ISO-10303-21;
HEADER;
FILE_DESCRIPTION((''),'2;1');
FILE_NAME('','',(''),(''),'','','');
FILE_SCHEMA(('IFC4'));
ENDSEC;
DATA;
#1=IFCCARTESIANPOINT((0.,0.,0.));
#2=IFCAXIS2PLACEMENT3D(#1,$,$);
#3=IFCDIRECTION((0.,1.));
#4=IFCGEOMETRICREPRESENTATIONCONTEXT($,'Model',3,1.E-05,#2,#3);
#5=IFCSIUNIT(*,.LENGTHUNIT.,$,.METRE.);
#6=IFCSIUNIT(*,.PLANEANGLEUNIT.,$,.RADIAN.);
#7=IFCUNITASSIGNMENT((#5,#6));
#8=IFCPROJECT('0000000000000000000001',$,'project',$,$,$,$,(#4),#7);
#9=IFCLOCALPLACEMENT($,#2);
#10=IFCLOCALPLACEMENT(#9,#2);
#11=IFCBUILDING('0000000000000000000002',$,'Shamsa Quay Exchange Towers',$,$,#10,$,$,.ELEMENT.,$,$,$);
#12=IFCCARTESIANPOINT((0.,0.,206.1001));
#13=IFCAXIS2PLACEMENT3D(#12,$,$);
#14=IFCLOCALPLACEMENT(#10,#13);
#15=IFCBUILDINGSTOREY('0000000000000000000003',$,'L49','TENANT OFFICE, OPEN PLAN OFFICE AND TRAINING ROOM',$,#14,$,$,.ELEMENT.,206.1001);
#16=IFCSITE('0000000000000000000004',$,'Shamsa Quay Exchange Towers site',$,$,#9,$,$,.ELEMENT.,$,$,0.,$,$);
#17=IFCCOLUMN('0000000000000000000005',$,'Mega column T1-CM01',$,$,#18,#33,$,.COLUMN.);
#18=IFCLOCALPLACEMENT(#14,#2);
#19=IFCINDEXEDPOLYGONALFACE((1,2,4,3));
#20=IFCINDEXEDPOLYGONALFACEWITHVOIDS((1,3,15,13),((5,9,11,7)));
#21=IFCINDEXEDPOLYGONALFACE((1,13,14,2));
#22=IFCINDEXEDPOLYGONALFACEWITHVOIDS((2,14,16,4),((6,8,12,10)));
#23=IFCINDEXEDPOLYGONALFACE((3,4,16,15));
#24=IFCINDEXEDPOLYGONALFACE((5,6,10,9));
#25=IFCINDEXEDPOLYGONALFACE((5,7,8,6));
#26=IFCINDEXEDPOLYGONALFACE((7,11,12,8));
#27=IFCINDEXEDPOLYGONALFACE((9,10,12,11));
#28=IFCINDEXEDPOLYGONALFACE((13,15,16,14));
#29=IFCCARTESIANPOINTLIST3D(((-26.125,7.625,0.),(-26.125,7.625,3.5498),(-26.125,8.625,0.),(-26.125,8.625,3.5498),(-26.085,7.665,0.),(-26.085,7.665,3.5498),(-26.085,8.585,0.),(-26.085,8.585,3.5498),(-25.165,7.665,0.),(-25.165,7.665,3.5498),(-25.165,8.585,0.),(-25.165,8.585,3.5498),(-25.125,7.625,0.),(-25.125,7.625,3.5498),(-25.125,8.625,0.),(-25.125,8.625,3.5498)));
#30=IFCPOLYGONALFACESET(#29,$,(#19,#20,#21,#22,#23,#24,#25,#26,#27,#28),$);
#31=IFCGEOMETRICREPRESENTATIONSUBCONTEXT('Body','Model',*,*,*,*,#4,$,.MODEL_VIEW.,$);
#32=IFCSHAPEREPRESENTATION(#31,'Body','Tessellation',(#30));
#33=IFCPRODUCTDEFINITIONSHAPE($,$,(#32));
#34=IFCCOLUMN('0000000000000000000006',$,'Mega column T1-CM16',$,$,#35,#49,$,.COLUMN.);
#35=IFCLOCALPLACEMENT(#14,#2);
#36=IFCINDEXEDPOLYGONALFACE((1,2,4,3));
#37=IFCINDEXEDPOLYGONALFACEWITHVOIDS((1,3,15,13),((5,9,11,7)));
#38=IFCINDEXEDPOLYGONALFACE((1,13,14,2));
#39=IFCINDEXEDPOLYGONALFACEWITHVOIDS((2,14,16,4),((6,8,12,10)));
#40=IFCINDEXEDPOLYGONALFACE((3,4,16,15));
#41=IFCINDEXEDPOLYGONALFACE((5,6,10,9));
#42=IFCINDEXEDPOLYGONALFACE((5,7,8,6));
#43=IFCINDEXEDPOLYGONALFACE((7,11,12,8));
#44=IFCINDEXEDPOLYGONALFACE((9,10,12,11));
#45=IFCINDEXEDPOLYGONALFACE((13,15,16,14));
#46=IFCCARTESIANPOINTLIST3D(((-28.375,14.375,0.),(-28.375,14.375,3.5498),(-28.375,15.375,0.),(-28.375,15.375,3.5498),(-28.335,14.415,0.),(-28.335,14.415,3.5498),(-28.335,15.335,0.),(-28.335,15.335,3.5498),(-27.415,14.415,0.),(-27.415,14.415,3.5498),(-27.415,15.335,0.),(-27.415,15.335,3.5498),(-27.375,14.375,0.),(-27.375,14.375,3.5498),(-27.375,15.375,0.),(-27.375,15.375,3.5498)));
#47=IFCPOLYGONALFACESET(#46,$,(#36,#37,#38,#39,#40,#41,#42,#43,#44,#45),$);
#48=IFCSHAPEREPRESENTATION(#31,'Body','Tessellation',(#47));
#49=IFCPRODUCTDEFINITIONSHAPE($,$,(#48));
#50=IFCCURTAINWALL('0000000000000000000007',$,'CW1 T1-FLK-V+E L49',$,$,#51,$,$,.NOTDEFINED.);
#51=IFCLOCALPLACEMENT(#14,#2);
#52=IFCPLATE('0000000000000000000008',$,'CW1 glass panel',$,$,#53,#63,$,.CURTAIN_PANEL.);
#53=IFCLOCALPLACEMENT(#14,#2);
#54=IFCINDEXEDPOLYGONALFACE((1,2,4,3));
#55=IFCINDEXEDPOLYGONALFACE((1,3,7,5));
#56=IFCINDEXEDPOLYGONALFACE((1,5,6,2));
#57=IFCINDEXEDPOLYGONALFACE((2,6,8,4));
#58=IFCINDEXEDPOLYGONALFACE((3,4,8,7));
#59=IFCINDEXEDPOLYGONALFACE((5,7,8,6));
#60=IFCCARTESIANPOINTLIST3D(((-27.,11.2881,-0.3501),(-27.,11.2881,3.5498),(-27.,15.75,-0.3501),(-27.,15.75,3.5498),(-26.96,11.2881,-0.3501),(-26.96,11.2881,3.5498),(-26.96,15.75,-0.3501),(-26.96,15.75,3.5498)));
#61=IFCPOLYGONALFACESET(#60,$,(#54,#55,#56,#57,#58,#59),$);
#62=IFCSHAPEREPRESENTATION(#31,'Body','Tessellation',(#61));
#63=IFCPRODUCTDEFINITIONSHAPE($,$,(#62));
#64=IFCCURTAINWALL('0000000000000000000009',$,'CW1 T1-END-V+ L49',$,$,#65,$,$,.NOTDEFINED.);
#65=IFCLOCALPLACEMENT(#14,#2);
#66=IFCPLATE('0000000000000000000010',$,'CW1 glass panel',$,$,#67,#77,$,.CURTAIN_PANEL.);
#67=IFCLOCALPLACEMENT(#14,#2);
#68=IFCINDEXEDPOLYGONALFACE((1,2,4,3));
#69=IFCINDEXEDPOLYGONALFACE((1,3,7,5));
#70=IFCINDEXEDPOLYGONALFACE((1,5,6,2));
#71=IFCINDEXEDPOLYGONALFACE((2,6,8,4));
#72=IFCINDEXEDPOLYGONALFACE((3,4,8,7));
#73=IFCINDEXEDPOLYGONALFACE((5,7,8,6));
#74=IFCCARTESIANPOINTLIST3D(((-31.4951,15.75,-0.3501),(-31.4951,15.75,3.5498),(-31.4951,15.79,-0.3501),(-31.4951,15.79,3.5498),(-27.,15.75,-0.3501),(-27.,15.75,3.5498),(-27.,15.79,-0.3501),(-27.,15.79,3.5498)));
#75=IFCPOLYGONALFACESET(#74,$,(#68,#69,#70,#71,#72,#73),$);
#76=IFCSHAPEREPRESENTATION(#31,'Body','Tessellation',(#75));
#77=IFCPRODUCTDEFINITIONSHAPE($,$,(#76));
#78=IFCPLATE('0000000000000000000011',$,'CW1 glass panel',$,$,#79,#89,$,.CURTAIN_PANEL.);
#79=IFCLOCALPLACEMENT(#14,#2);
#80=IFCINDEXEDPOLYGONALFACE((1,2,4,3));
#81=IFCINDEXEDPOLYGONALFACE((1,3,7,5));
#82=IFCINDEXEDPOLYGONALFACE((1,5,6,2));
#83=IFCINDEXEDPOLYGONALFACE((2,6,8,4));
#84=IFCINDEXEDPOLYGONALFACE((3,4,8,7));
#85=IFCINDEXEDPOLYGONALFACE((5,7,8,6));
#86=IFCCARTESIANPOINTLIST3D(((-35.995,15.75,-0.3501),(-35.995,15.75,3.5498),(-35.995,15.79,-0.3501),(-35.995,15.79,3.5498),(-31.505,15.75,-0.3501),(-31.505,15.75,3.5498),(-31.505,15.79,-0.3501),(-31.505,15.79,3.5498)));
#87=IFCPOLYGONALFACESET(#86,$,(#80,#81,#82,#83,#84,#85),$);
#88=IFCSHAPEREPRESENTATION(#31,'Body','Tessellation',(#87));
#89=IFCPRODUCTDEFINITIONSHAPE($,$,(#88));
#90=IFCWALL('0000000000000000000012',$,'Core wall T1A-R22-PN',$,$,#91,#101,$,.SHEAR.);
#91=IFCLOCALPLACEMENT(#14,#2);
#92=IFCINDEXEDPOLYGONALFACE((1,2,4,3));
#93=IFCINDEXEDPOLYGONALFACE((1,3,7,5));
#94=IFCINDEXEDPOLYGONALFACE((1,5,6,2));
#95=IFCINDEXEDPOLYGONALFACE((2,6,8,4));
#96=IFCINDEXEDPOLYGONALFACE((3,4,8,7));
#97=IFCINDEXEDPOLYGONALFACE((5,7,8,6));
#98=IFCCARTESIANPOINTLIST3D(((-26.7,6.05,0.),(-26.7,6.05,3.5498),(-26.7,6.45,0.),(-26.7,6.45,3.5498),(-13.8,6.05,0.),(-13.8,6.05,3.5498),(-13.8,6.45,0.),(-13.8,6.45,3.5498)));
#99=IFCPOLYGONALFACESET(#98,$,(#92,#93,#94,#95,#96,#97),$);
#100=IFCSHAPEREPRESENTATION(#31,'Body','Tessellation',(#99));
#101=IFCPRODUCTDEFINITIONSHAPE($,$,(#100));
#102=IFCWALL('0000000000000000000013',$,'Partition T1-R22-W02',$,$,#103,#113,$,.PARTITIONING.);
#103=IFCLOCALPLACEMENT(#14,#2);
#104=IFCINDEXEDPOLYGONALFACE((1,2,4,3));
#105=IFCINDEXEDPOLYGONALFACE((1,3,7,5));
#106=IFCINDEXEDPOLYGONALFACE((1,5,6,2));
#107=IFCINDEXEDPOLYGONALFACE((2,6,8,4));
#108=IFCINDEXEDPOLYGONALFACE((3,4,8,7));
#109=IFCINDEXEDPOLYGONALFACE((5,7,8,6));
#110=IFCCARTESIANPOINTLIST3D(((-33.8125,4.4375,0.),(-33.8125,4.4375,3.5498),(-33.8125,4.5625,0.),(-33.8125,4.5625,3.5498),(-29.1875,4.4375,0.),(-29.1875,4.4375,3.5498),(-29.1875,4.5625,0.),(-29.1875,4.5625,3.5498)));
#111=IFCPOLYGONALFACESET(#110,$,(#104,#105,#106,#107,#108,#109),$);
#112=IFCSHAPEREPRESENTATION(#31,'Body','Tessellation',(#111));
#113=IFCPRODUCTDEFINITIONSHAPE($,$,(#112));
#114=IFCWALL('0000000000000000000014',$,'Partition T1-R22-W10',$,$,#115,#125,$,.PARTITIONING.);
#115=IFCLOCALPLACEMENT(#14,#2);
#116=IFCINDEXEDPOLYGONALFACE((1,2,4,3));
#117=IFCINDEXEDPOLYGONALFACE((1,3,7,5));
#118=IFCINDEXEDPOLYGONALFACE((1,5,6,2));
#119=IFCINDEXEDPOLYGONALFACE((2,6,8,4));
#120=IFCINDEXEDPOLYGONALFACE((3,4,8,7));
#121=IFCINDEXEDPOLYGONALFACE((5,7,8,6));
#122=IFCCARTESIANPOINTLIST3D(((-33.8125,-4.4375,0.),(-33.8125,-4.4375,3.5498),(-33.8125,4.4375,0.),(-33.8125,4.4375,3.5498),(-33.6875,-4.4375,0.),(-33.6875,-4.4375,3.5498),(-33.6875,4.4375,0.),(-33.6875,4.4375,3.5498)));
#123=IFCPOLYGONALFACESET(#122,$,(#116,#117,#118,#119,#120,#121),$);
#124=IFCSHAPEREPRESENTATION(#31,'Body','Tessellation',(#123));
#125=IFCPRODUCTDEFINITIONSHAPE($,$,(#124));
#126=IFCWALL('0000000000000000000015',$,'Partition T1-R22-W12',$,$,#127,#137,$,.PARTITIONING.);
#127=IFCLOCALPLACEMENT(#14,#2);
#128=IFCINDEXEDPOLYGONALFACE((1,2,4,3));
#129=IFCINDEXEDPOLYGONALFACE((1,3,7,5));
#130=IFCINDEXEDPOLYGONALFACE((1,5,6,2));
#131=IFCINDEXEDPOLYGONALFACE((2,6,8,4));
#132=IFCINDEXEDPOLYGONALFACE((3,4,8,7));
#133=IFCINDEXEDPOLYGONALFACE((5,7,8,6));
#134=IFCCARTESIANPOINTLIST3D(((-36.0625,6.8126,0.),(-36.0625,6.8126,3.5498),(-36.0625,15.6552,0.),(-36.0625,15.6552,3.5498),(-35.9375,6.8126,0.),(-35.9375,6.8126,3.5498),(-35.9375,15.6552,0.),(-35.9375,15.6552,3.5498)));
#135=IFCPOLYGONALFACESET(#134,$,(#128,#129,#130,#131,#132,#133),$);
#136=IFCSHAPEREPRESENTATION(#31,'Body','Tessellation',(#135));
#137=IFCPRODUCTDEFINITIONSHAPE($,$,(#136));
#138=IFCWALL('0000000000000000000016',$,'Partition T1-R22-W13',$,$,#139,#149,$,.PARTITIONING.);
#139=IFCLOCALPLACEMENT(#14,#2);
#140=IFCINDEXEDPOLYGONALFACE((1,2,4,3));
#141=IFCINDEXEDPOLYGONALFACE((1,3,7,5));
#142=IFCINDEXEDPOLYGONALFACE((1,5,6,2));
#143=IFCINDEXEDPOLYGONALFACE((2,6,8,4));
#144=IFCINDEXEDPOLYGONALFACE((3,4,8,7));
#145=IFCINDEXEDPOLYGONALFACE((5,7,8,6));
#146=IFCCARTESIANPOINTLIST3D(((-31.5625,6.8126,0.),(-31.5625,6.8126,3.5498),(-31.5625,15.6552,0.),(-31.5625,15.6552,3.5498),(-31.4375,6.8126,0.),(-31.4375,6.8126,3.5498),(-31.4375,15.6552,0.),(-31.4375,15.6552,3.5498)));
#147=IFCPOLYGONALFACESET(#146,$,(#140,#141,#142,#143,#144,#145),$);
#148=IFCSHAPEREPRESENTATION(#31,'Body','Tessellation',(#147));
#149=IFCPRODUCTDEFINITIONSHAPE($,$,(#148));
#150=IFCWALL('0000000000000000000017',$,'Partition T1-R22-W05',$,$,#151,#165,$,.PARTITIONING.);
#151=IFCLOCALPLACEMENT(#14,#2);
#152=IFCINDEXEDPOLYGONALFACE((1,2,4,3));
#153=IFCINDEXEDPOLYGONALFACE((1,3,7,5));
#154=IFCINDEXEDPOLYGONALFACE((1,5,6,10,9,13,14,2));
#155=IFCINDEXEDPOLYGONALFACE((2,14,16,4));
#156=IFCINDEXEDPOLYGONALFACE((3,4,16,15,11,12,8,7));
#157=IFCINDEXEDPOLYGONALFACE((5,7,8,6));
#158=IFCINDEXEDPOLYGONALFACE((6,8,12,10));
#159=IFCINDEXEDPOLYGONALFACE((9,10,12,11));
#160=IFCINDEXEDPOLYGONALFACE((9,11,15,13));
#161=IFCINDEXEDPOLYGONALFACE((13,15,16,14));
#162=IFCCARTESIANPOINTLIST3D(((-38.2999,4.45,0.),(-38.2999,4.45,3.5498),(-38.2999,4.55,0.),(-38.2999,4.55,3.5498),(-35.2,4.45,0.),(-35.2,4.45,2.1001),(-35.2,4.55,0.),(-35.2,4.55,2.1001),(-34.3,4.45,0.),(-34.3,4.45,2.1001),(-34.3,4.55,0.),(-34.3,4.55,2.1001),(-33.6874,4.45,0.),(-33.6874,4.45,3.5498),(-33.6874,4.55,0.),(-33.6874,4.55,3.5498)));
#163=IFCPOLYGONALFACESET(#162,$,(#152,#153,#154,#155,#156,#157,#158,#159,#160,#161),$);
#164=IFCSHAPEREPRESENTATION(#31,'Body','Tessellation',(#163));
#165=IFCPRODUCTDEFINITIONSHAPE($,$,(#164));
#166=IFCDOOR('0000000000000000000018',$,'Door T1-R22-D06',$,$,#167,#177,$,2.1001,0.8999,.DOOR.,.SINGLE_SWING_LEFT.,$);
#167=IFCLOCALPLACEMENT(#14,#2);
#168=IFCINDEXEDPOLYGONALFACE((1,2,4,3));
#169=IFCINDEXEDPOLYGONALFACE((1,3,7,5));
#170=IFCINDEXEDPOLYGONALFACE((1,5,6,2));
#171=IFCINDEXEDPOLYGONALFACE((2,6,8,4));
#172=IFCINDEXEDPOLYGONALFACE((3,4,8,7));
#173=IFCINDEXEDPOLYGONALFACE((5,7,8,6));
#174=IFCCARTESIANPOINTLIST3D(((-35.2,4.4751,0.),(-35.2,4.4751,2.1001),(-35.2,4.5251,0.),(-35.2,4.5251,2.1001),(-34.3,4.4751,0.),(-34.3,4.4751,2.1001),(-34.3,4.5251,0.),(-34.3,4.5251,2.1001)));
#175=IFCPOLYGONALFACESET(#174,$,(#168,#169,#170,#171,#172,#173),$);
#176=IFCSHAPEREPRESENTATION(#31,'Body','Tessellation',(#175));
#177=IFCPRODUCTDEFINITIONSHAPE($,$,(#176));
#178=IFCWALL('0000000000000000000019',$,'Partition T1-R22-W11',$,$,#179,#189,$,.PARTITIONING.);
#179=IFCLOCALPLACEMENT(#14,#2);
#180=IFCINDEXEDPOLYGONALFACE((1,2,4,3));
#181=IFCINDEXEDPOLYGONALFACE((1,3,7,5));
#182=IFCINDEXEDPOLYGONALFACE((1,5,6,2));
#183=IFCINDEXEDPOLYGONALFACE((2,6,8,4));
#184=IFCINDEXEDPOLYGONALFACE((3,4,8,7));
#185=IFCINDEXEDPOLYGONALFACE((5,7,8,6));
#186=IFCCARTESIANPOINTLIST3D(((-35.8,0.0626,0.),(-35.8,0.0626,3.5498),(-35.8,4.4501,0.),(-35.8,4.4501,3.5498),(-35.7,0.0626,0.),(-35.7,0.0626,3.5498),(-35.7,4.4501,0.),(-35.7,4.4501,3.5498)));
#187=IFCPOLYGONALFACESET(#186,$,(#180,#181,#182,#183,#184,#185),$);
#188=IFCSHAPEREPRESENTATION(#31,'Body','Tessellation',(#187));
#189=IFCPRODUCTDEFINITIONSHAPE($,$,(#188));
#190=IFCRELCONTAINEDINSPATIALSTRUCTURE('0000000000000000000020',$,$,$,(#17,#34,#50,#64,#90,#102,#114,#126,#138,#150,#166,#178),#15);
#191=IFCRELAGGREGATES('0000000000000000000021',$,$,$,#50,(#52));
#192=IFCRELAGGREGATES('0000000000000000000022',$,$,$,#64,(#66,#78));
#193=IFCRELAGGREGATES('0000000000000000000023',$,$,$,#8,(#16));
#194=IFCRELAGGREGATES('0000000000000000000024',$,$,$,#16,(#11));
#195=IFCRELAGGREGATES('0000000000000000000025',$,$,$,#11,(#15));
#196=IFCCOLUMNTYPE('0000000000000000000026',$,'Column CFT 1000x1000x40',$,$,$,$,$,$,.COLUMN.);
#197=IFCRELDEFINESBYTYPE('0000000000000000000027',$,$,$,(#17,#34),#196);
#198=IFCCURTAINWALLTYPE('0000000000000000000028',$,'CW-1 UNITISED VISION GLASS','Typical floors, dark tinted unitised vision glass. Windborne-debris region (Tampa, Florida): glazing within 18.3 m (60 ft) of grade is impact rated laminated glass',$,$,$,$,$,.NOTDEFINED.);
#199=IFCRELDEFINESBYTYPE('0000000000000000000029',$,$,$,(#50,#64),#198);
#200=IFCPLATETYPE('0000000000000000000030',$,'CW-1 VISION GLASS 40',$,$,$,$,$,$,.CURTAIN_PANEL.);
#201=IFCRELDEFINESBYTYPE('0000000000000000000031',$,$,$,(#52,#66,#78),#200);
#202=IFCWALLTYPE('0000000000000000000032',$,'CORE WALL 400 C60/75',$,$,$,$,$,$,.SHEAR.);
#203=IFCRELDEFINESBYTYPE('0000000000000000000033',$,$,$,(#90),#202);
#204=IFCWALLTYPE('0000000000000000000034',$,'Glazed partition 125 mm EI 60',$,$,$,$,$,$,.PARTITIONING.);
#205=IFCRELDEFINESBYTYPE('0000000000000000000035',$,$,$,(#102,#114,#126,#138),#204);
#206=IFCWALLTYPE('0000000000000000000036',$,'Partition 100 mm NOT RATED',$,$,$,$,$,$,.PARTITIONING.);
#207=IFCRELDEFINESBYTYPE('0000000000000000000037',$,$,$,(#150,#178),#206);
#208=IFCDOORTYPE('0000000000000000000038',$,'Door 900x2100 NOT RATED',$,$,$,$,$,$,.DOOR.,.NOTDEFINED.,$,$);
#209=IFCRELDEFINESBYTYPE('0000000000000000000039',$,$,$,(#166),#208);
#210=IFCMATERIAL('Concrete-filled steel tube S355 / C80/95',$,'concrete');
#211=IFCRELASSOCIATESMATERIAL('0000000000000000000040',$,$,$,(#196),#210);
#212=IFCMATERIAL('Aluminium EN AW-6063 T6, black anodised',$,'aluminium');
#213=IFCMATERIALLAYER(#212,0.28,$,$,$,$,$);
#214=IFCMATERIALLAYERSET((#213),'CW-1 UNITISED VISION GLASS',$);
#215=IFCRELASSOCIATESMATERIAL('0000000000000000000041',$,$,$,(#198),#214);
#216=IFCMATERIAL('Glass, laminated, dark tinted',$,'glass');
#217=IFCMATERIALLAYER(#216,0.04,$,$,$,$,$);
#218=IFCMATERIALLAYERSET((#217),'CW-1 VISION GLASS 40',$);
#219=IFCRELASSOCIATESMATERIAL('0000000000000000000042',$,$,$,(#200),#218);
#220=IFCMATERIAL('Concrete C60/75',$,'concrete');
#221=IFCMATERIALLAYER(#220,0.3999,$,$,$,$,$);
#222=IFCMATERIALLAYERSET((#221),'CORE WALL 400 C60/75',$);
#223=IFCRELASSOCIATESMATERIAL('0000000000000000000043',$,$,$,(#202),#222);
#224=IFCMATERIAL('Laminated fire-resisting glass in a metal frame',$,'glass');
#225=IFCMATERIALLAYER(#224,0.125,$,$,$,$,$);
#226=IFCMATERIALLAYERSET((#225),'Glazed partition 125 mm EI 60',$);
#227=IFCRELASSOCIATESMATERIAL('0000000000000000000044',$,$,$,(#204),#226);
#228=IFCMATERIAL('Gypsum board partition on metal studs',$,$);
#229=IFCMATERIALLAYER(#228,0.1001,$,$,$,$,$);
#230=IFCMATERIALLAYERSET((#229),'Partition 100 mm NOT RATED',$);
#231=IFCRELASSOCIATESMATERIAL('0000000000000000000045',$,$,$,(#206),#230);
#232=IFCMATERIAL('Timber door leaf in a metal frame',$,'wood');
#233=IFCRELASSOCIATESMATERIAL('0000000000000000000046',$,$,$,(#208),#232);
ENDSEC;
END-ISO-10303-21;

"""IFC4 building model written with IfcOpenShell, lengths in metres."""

from ifc_helpers import new_model, si_unit, direction, frame, frame_2d, origin, origin_2d, place, context, subcontext, project, spatial, rectangle, hollow_rectangle, extrude, material, layer, layer_set, material_profile, profile_set, type_object, element, fill, aggregate, save


model = new_model("IFC4")

# Units and contexts
model_context = context("Model", 3, precision=1e-05, world=origin(), true_north=direction((0.0, 1.0)))
body_context = subcontext(model_context, "Body", "Model", "MODEL_VIEW")
ifc_project = project(units=[si_unit("LENGTHUNIT", "METRE"), si_unit("PLANEANGLEUNIT", "RADIAN")], contexts=[model_context])

# Site, building, storey
site_placement = place(None, origin())
site = spatial("IfcSite", under=ifc_project, at=site_placement, Name="Shamsa Quay Exchange Towers site", CompositionType="ELEMENT", RefElevation=0.0)
building_placement = place(site_placement, origin())
building = spatial("IfcBuilding", under=site, at=building_placement, Name="Shamsa Quay Exchange Towers", CompositionType="ELEMENT")
storey_placement = place(building_placement, frame((0.0, 0.0, 206.1001)))
storey = spatial("IfcBuildingStorey", under=building, at=storey_placement, Name="L49", Description="TENANT OFFICE, OPEN PLAN OFFICE AND TRAINING ROOM", CompositionType="ELEMENT", Elevation=206.1001)

# Columns
ifc_material_1 = material(Name="Concrete-filled steel tube S355 / C80/95", Category="concrete")
ifc_material_profile = material_profile(ifc_material_1, hollow_rectangle(XDim=1.0, YDim=1.0, WallThickness=0.04, at=origin_2d()), Name="CFT 1000x1000x40")
ifc_profile_set = profile_set([ifc_material_profile], Name="Concrete-filled steel tube S355 / C80/95")
column_type = type_object("IfcColumnType", Name="Column CFT 1000x1000x40", PredefinedType="COLUMN", material=ifc_profile_set)
for number, where, name in (
    (1, (-25.625, 8.125, 0.0), "Mega column T1-CM01"),
    (2, (-27.875, 14.875, 0.0), "Mega column T1-CM16"),
):
    element("IfcColumn", number, at=place(storey_placement, frame(where)), inside=storey, type_object=column_type, Name=name, PredefinedType="COLUMN", context=body_context, shape_type="SweptSolid", body=[
        extrude(hollow_rectangle(XDim=1.0, YDim=1.0, WallThickness=0.04, at=origin_2d()), origin(), (0.0, 0.0, 1.0), 3.5498),
    ])

# Curtain wall, plate
ifc_material_2 = material(Name="Aluminium EN AW-6063 T6, black anodised", Category="aluminium")
ifc_layer_1 = layer(ifc_material_2, 0.28)
ifc_layer_set_1 = layer_set([ifc_layer_1], Name="CW-1 UNITISED VISION GLASS")
curtain_wall_type = type_object("IfcCurtainWallType", Name="CW-1 UNITISED VISION GLASS", Description="Typical floors, dark tinted unitised vision glass. Windborne-debris region (Tampa, Florida): glazing within 18.3 m (60 ft) of grade is impact rated laminated glass", PredefinedType="NOTDEFINED", material=ifc_layer_set_1)
curtain_wall_1_placement = place(storey_placement, origin())
curtain_wall_1 = element("IfcCurtainWall", 3, at=curtain_wall_1_placement, inside=storey, type_object=curtain_wall_type, Name="CW1 T1-FLK-V+E L49", PredefinedType="NOTDEFINED")
ifc_material_3 = material(Name="Glass, laminated, dark tinted", Category="glass")
ifc_layer_2 = layer(ifc_material_3, 0.04)
ifc_layer_set_2 = layer_set([ifc_layer_2], Name="CW-1 VISION GLASS 40")
plate_type = type_object("IfcPlateType", Name="CW-1 VISION GLASS 40", PredefinedType="CURTAIN_PANEL", material=ifc_layer_set_2)
plate_1_placement = place(storey_placement, frame((-26.98, 13.519, -0.3501), z_axis=(0.0, 0.0, 1.0), x_axis=(0.0, 1.0, 0.0)))
plate_1 = element("IfcPlate", 4, at=plate_1_placement, type_object=plate_type, Name="CW1 glass panel", PredefinedType="CURTAIN_PANEL", context=body_context, shape_type="SweptSolid", body=[
    extrude(rectangle(XDim=4.4619, YDim=0.04, at=origin_2d()), origin(), (0.0, 0.0, 1.0), 3.8999),
])
aggregate(curtain_wall_1, [plate_1])

# Curtain wall, plates
curtain_wall_2_placement = place(storey_placement, origin())
curtain_wall_2 = element("IfcCurtainWall", 5, at=curtain_wall_2_placement, inside=storey, type_object=curtain_wall_type, Name="CW1 T1-END-V+ L49", PredefinedType="NOTDEFINED")
plate_2_placement = place(storey_placement, frame((-29.2476, 15.77, -0.3501), z_axis=(0.0, 0.0, 1.0), x_axis=(-1.0, 0.0, 0.0)))
plate_2 = element("IfcPlate", 6, at=plate_2_placement, type_object=plate_type, Name="CW1 glass panel", PredefinedType="CURTAIN_PANEL", context=body_context, shape_type="SweptSolid", body=[
    extrude(rectangle(XDim=4.4951, YDim=0.04, at=origin_2d()), origin(), (0.0, 0.0, 1.0), 3.8999),
])
plate_3_placement = place(storey_placement, frame((-33.75, 15.77, -0.3501), z_axis=(0.0, 0.0, 1.0), x_axis=(-1.0, 0.0, 0.0)))
plate_3 = element("IfcPlate", 7, at=plate_3_placement, type_object=plate_type, Name="CW1 glass panel", PredefinedType="CURTAIN_PANEL", context=body_context, shape_type="SweptSolid", body=[
    extrude(rectangle(XDim=4.49, YDim=0.04, at=origin_2d()), origin(), (0.0, 0.0, 1.0), 3.8999),
])
aggregate(curtain_wall_2, [plate_2, plate_3])

# Wall
ifc_material_4 = material(Name="Concrete C60/75", Category="concrete")
ifc_layer_3 = layer(ifc_material_4, 0.3999)
ifc_layer_set_3 = layer_set([ifc_layer_3], Name="CORE WALL 400 C60/75")
wall_type_1 = type_object("IfcWallType", Name="CORE WALL 400 C60/75", PredefinedType="SHEAR", material=ifc_layer_set_3)
wall_1_placement = place(storey_placement, frame((-26.7, 6.25, 0.0)))
element("IfcWall", 8, at=wall_1_placement, inside=storey, type_object=wall_type_1, Name="Core wall T1A-R22-PN", PredefinedType="SHEAR", context=body_context, shape_type="SweptSolid", body=[
    extrude(rectangle(XDim=12.8999, YDim=0.3999, at=frame_2d((6.45, 0.0))), origin(), (0.0, 0.0, 1.0), 3.5498),
])

# Walls
ifc_material_5 = material(Name="Laminated fire-resisting glass in a metal frame", Category="glass")
ifc_layer_4 = layer(ifc_material_5, 0.125)
ifc_layer_set_4 = layer_set([ifc_layer_4], Name="Glazed partition 125 mm EI 60")
wall_type_2 = type_object("IfcWallType", Name="Glazed partition 125 mm EI 60", PredefinedType="PARTITIONING", material=ifc_layer_set_4)
wall_2_placement = place(storey_placement, frame((-29.1875, 4.5, 0.0), z_axis=(0.0, 0.0, 1.0), x_axis=(-1.0, 0.0, 0.0)))
element("IfcWall", 9, at=wall_2_placement, inside=storey, type_object=wall_type_2, Name="Partition T1-R22-W02", PredefinedType="PARTITIONING", context=body_context, shape_type="SweptSolid", body=[
    extrude(rectangle(XDim=4.625, YDim=0.125, at=frame_2d((2.3125, 0.0))), origin(), (0.0, 0.0, 1.0), 3.5498),
])
wall_3_placement = place(storey_placement, frame((-33.75, 4.4375, 0.0), z_axis=(0.0, 0.0, 1.0), x_axis=(0.0, -1.0, 0.0)))
element("IfcWall", 10, at=wall_3_placement, inside=storey, type_object=wall_type_2, Name="Partition T1-R22-W10", PredefinedType="PARTITIONING", context=body_context, shape_type="SweptSolid", body=[
    extrude(rectangle(XDim=8.875, YDim=0.125, at=frame_2d((4.4375, 0.0))), origin(), (0.0, 0.0, 1.0), 3.5498),
])
for number, where, z_axis, x_axis, name in (
    (11, (-36.0, 6.8125, 0.0), (0.0, 0.0, 1.0), (0.0, 1.0, 0.0), "Partition T1-R22-W12"),
    (12, (-31.5, 6.8125, 0.0), (0.0, 0.0, 1.0), (0.0, 1.0, 0.0), "Partition T1-R22-W13"),
):
    element("IfcWall", number, at=place(storey_placement, frame(where, z_axis=z_axis, x_axis=x_axis)), inside=storey, type_object=wall_type_2, Name=name, PredefinedType="PARTITIONING", context=body_context, shape_type="SweptSolid", body=[
        extrude(rectangle(XDim=8.8425, YDim=0.125, at=frame_2d((4.4214, 0.0))), origin(), (0.0, 0.0, 1.0), 3.5498),
    ])

# Wall, opening, door
ifc_material_6 = material(Name="Gypsum board partition on metal studs")
ifc_layer_5 = layer(ifc_material_6, 0.1001)
ifc_layer_set_5 = layer_set([ifc_layer_5], Name="Partition 100 mm NOT RATED")
wall_type_3 = type_object("IfcWallType", Name="Partition 100 mm NOT RATED", PredefinedType="PARTITIONING", material=ifc_layer_set_5)
wall_4_placement = place(storey_placement, frame((-33.6875, 4.5, 0.0), z_axis=(0.0, 0.0, 1.0), x_axis=(-1.0, 0.0, 0.0)))
wall_4 = element("IfcWall", 13, at=wall_4_placement, inside=storey, type_object=wall_type_3, Name="Partition T1-R22-W05", PredefinedType="PARTITIONING", context=body_context, shape_type="SweptSolid", body=[
    extrude(rectangle(XDim=4.6125, YDim=0.1001, at=frame_2d((2.3062, 0.0))), origin(), (0.0, 0.0, 1.0), 3.5498),
])
opening_1_placement = place(wall_4_placement, frame((0.6125, 0.0, 0.0)))
opening_1 = element("IfcOpeningElement", 14, at=opening_1_placement, cuts=wall_4, PredefinedType="OPENING", context=body_context, shape_type="SweptSolid", body=[
    extrude(rectangle(XDim=0.8999, YDim=2.1001, at=frame_2d((0.45, 1.05))), frame((0.0, 0.0601, 0.0), z_axis=(0.0, -1.0, 0.0), x_axis=(1.0, 0.0, 0.0)), (0.0, 0.0, 1.0), 0.1201),
])
ifc_material_7 = material(Name="Timber door leaf in a metal frame", Category="wood")
door_type_1 = type_object("IfcDoorType", Name="Door 900x2100 NOT RATED", OperationType="NOTDEFINED", PredefinedType="DOOR", material=ifc_material_7)
door_1_placement = place(opening_1_placement, origin())
door_1 = element("IfcDoor", 15, at=door_1_placement, inside=storey, type_object=door_type_1, Name="Door T1-R22-D06", OperationType="SINGLE_SWING_LEFT", OverallHeight=2.1001, OverallWidth=0.8999, PredefinedType="DOOR", context=body_context, shape_type="SweptSolid", body=[
    extrude(rectangle(XDim=0.8999, YDim=2.1001, at=frame_2d((0.45, 1.05))), frame((0.0, 0.0249, 0.0), z_axis=(0.0, -1.0, 0.0), x_axis=(1.0, 0.0, 0.0)), (0.0, 0.0, 1.0), 0.05),
])
fill(opening_1, door_1)

# Wall
wall_5_placement = place(storey_placement, frame((-35.75, 0.0625, 0.0), z_axis=(0.0, 0.0, 1.0), x_axis=(0.0, 1.0, 0.0)))
element("IfcWall", 16, at=wall_5_placement, inside=storey, type_object=wall_type_3, Name="Partition T1-R22-W11", PredefinedType="PARTITIONING", context=body_context, shape_type="SweptSolid", body=[
    extrude(rectangle(XDim=4.3875, YDim=0.1001, at=frame_2d((2.1938, 0.0))), origin(), (0.0, 0.0, 1.0), 3.5498),
])

save(model, "model.ifc")
